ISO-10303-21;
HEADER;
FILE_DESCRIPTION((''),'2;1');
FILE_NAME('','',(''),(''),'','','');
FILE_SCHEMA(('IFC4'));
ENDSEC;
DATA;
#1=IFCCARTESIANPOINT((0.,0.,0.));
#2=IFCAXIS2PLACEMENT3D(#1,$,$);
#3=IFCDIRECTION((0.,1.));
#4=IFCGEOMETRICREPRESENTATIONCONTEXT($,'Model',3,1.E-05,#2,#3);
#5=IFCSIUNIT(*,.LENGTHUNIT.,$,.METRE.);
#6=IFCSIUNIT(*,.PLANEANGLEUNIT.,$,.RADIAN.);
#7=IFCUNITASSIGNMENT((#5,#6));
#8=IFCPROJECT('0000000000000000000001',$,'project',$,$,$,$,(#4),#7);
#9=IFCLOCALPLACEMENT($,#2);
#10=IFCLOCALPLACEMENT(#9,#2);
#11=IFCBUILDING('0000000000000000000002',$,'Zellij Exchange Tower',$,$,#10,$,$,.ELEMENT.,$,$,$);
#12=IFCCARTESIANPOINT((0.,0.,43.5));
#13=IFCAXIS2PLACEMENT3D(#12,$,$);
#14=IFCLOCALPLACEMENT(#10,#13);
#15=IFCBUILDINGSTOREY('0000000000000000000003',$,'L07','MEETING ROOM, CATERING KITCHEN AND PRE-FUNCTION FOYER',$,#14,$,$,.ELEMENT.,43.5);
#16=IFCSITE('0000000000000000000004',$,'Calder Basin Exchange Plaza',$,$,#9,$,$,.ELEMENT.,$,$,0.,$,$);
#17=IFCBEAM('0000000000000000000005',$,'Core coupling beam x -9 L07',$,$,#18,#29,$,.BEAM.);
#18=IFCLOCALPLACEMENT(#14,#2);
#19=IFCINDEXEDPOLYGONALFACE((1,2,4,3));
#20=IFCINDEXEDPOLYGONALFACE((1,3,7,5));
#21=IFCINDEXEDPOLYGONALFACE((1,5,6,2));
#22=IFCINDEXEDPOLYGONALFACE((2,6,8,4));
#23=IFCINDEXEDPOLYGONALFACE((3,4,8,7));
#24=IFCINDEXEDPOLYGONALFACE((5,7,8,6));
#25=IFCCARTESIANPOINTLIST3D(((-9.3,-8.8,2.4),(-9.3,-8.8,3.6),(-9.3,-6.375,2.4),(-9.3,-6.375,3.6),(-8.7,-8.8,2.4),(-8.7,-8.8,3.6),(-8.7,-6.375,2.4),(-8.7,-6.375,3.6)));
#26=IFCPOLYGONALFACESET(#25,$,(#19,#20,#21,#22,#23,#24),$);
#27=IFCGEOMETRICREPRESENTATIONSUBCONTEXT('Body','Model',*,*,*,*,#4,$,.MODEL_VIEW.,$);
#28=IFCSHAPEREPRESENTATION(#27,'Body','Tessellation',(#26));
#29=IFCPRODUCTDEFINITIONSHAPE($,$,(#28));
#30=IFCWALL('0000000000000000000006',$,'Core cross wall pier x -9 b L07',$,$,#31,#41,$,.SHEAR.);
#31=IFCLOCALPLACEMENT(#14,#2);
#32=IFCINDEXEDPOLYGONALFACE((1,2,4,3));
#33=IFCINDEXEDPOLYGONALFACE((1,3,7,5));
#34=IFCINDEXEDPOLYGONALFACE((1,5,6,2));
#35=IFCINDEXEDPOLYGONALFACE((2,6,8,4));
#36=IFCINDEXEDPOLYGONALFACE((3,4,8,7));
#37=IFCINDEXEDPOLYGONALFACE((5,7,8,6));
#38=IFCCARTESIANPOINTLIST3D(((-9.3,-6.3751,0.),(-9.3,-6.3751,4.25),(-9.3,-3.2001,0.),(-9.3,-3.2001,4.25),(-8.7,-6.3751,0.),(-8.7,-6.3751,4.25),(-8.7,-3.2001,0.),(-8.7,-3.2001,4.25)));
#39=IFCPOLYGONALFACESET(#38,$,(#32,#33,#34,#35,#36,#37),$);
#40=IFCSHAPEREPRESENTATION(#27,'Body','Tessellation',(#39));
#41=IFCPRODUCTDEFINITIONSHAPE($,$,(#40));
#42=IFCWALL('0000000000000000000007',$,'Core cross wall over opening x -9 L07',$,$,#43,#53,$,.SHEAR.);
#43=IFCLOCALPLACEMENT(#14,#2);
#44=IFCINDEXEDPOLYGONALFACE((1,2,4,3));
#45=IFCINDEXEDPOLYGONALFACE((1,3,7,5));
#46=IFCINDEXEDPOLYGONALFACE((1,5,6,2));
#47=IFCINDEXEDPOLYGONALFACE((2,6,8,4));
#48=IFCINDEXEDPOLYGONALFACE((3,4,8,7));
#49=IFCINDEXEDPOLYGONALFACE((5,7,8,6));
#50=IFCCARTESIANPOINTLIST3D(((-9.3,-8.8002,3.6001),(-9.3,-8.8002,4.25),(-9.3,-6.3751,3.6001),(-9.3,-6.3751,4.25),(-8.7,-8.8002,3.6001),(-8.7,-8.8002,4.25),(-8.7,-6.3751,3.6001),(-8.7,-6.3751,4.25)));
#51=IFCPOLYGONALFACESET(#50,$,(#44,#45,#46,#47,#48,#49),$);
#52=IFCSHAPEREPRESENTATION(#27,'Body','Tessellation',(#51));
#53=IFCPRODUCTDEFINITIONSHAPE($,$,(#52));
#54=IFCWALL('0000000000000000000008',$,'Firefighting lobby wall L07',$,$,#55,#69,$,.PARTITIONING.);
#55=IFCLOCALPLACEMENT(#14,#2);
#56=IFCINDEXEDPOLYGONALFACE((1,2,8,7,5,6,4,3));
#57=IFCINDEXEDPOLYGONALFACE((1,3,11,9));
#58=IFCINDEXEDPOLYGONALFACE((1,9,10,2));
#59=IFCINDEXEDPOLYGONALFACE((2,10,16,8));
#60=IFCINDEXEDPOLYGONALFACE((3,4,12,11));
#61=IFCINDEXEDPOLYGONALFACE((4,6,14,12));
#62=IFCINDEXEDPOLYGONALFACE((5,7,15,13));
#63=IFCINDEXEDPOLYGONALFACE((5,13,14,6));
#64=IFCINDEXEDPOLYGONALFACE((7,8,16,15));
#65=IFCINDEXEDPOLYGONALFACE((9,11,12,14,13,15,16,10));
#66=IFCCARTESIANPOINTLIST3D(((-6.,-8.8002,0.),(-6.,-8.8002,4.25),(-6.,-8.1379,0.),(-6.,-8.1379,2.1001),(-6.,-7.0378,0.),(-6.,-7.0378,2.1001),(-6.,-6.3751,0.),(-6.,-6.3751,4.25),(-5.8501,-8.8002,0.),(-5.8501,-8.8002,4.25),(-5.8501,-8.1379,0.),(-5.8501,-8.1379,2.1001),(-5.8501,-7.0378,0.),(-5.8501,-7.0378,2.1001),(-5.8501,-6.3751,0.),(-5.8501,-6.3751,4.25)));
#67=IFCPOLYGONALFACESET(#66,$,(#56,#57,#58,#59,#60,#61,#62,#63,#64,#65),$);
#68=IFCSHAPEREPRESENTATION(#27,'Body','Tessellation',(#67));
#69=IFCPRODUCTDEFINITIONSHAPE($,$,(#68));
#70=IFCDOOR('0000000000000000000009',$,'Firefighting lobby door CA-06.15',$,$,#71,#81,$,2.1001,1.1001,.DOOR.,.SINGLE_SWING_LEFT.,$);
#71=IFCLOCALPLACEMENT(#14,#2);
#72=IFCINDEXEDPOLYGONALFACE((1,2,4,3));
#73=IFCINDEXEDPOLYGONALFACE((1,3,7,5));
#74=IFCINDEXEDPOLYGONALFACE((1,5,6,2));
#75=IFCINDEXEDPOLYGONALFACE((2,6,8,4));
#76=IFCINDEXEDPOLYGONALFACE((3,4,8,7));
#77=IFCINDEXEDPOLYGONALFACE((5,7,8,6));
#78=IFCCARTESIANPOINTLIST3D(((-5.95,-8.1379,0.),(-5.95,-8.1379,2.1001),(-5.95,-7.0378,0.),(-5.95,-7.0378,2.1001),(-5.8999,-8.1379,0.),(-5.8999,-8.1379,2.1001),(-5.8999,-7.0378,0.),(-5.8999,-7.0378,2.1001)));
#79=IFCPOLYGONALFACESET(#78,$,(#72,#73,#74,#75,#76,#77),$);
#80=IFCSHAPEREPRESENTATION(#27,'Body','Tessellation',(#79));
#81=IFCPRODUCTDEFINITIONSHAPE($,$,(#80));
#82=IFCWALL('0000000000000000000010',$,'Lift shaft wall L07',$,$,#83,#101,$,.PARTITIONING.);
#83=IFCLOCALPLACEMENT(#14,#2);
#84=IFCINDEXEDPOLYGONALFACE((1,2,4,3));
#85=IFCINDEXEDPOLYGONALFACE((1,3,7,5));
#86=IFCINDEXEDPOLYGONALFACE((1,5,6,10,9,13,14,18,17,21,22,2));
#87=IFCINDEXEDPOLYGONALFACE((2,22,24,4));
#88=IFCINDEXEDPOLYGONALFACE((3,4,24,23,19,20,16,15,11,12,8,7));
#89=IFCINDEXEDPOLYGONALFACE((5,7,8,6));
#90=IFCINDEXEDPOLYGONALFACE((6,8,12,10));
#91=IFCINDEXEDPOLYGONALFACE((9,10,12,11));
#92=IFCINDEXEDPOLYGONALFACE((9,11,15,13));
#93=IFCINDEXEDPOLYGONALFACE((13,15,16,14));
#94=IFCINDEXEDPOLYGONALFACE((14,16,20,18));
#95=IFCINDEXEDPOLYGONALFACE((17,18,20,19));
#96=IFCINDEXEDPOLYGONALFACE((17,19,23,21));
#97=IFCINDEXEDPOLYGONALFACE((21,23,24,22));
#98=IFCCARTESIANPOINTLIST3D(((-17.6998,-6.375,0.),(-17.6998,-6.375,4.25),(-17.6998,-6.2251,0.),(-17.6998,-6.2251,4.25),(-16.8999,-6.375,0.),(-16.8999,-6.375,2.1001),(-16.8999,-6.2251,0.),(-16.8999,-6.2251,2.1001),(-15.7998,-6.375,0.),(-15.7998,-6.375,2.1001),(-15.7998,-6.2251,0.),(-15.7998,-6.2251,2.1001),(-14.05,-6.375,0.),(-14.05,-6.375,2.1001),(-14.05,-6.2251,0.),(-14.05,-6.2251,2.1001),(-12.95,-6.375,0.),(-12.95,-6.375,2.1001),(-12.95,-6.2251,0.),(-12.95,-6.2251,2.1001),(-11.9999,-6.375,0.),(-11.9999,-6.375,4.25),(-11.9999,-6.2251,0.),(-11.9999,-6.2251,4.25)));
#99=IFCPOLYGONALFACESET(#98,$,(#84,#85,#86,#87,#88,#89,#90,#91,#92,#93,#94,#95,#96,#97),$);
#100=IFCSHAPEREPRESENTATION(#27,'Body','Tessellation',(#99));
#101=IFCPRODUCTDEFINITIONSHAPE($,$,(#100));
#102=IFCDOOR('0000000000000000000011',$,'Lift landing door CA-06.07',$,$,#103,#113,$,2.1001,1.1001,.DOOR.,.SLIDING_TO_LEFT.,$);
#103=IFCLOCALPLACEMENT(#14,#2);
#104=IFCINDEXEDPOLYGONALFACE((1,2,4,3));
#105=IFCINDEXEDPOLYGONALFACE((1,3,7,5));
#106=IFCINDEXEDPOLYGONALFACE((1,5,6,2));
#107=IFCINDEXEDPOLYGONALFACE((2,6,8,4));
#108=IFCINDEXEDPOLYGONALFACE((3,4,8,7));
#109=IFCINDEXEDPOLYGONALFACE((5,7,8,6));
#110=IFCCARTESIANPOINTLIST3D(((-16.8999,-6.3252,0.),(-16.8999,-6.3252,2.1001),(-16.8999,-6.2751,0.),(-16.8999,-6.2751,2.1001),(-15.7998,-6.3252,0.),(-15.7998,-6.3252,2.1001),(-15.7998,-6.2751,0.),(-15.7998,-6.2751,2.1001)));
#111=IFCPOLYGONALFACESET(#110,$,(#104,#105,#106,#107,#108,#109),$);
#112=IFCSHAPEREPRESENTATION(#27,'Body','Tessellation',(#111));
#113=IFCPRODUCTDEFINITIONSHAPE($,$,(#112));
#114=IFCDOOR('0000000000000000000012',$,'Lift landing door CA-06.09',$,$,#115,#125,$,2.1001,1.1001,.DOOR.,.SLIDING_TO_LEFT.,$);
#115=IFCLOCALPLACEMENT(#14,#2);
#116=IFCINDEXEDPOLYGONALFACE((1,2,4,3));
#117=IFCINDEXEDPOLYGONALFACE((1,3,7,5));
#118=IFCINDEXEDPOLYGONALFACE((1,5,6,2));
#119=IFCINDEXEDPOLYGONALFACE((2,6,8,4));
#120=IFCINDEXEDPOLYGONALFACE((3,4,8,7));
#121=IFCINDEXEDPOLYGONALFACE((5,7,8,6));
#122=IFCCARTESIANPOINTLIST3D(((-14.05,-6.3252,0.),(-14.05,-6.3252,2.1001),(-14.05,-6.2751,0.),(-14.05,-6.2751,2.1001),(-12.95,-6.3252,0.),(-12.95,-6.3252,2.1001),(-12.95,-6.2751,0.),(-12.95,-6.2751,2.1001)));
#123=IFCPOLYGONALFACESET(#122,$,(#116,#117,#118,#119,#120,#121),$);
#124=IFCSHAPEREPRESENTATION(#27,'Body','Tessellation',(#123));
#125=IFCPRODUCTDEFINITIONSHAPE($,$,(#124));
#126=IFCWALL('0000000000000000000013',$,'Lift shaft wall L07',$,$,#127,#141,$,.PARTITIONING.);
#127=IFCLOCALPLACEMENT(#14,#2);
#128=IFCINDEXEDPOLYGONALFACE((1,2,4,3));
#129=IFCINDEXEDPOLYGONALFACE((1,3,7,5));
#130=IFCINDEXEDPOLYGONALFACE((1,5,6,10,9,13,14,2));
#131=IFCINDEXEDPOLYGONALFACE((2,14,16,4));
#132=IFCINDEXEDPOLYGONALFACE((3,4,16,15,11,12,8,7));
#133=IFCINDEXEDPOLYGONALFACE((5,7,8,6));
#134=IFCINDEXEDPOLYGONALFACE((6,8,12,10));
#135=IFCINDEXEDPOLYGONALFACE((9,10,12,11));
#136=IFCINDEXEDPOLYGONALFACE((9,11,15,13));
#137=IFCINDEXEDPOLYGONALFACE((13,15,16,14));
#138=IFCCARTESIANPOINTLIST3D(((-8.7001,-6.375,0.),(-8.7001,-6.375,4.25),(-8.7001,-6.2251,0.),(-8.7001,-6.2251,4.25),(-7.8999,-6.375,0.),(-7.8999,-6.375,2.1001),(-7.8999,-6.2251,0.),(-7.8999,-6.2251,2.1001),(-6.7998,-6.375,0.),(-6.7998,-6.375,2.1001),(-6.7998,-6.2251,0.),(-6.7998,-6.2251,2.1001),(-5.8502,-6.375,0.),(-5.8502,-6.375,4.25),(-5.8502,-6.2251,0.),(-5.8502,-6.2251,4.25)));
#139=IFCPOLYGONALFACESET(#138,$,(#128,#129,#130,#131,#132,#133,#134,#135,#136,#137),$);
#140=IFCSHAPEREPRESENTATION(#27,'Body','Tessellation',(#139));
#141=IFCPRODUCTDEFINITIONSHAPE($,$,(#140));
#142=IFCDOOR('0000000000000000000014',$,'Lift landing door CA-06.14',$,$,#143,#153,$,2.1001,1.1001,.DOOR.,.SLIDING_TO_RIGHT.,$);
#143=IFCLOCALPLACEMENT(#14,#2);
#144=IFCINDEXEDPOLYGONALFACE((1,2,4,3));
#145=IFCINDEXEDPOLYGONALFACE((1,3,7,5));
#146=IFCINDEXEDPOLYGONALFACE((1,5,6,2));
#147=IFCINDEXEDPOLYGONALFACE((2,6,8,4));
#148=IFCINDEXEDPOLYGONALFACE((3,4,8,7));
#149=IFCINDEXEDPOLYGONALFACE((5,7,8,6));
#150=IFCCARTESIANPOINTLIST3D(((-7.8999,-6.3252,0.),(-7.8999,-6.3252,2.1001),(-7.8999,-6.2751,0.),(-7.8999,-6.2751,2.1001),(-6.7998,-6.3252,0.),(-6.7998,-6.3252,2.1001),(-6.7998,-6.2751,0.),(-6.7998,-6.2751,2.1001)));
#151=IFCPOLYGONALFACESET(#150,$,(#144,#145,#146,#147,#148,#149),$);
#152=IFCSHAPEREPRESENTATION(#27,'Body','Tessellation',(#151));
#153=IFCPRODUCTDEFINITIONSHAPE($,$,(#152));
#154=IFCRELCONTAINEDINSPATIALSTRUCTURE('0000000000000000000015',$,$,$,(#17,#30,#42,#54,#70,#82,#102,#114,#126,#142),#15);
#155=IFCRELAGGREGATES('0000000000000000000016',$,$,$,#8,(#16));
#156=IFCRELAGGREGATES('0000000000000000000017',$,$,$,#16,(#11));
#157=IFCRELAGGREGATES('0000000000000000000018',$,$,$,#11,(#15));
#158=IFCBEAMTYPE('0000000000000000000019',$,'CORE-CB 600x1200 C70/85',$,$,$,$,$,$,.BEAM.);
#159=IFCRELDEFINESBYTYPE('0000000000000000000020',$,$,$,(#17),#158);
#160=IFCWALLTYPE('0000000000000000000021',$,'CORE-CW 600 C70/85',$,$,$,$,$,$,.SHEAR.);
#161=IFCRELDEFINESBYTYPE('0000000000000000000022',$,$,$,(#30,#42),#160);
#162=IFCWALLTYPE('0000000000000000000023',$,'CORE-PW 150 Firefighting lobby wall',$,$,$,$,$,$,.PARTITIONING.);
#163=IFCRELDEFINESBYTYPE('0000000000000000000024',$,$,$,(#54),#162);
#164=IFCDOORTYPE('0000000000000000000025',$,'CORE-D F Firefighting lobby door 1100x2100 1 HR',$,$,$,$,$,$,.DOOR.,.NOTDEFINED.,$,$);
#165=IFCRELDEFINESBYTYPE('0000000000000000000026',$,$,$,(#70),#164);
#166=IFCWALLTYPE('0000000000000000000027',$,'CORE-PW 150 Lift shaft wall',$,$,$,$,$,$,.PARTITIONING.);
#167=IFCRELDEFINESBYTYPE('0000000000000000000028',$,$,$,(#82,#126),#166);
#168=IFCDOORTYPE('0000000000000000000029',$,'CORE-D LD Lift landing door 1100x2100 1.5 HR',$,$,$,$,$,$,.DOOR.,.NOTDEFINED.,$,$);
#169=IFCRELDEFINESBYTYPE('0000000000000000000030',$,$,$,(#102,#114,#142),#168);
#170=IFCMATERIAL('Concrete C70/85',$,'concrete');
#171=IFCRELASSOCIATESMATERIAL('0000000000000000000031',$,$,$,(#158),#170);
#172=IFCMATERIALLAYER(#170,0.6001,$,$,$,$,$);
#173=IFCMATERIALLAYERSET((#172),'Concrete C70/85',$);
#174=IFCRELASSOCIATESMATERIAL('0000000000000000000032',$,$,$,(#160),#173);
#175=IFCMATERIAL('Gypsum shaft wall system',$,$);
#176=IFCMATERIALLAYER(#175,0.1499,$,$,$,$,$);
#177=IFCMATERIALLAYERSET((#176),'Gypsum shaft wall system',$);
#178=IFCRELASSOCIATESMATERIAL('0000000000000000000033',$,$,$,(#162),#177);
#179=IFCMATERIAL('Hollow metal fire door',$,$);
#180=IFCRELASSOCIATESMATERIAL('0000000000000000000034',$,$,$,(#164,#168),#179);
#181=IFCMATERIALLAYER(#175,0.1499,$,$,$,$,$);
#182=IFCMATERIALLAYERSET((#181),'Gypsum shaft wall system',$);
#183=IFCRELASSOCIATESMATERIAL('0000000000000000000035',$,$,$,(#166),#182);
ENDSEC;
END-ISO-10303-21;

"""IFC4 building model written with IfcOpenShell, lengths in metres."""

from ifc_helpers import new_model, si_unit, direction, frame, frame_2d, origin, origin_2d, place, context, subcontext, project, spatial, rectangle, extrude, material, layer, layer_set, material_profile, profile_set, type_object, element, fill, save


model = new_model("IFC4")

# Units and contexts
model_context = context("Model", 3, precision=1e-05, world=origin(), true_north=direction((0.0, 1.0)))
body_context = subcontext(model_context, "Body", "Model", "MODEL_VIEW")
ifc_project = project(units=[si_unit("LENGTHUNIT", "METRE"), si_unit("PLANEANGLEUNIT", "RADIAN")], contexts=[model_context])

# Site, building, storey
site_placement = place(None, origin())
site = spatial("IfcSite", under=ifc_project, at=site_placement, Name="Calder Basin Exchange Plaza", CompositionType="ELEMENT", RefElevation=0.0)
building_placement = place(site_placement, origin())
building = spatial("IfcBuilding", under=site, at=building_placement, Name="Zellij Exchange Tower", CompositionType="ELEMENT")
storey_placement = place(building_placement, frame((0.0, 0.0, 43.5)))
storey = spatial("IfcBuildingStorey", under=building, at=storey_placement, Name="L07", Description="MEETING ROOM, CATERING KITCHEN AND PRE-FUNCTION FOYER", CompositionType="ELEMENT", Elevation=43.5)

# Beam
ifc_material_1 = material(Name="Concrete C70/85", Category="concrete")
ifc_material_profile = material_profile(ifc_material_1, rectangle(XDim=0.6001, YDim=1.2, at=origin_2d()), Name="CORE-CB 600x1200 C70/85")
ifc_profile_set = profile_set([ifc_material_profile], Name="Concrete C70/85")
beam_type = type_object("IfcBeamType", Name="CORE-CB 600x1200 C70/85", PredefinedType="BEAM", material=ifc_profile_set)
beam_placement = place(storey_placement, frame((-9.0, -8.8, 3.0), z_axis=(0.0, 1.0, 0.0), x_axis=(-1.0, 0.0, 0.0)))
element("IfcBeam", 1, at=beam_placement, inside=storey, type_object=beam_type, Name="Core coupling beam x -9 L07", PredefinedType="BEAM", context=body_context, shape_type="SweptSolid", body=[
    extrude(rectangle(XDim=0.6001, YDim=1.2, at=origin_2d()), origin(), (0.0, 0.0, 1.0), 2.425),
])

# Walls
ifc_layer_1 = layer(ifc_material_1, 0.6001)
ifc_layer_set_1 = layer_set([ifc_layer_1], Name="Concrete C70/85")
wall_type_1 = type_object("IfcWallType", Name="CORE-CW 600 C70/85", PredefinedType="SHEAR", material=ifc_layer_set_1)
wall_1_placement = place(storey_placement, frame((-9.0, -6.375, 0.0), z_axis=(0.0, 0.0, 1.0), x_axis=(0.0, 1.0, 0.0)))
element("IfcWall", 2, at=wall_1_placement, inside=storey, type_object=wall_type_1, Name="Core cross wall pier x -9 b L07", PredefinedType="SHEAR", context=body_context, shape_type="SweptSolid", body=[
    extrude(rectangle(XDim=3.175, YDim=0.6001, at=frame_2d((1.5874, 0.0))), origin(), (0.0, 0.0, 1.0), 4.25),
])
wall_2_placement = place(storey_placement, frame((-9.0, -8.8, 3.6001), z_axis=(0.0, 0.0, 1.0), x_axis=(0.0, 1.0, 0.0)))
element("IfcWall", 3, at=wall_2_placement, inside=storey, type_object=wall_type_1, Name="Core cross wall over opening x -9 L07", PredefinedType="SHEAR", context=body_context, shape_type="SweptSolid", body=[
    extrude(rectangle(XDim=2.425, YDim=0.6001, at=frame_2d((1.2124, 0.0))), origin(), (0.0, 0.0, 1.0), 0.6499),
])

# Wall, opening, door
ifc_material_2 = material(Name="Gypsum shaft wall system")
ifc_layer_2 = layer(ifc_material_2, 0.1499)
ifc_layer_set_2 = layer_set([ifc_layer_2], Name="Gypsum shaft wall system")
wall_type_2 = type_object("IfcWallType", Name="CORE-PW 150 Firefighting lobby wall", PredefinedType="PARTITIONING", material=ifc_layer_set_2)
wall_3_placement = place(storey_placement, frame((-5.925, -8.8, 0.0), z_axis=(0.0, 0.0, 1.0), x_axis=(0.0, 1.0, 0.0)))
wall_3 = element("IfcWall", 4, at=wall_3_placement, inside=storey, type_object=wall_type_2, Name="Firefighting lobby wall L07", PredefinedType="PARTITIONING", context=body_context, shape_type="SweptSolid", body=[
    extrude(rectangle(XDim=2.425, YDim=0.1499, at=frame_2d((1.2124, 0.0))), origin(), (0.0, 0.0, 1.0), 4.25),
])
opening_1_placement = place(wall_3_placement, frame((0.6621, 0.0, 0.0)))
opening_1 = element("IfcOpeningElement", 5, at=opening_1_placement, cuts=wall_3, PredefinedType="OPENING", context=body_context, shape_type="SweptSolid", body=[
    extrude(rectangle(XDim=1.1001, YDim=2.1001, at=frame_2d((0.55, 1.05))), frame((0.0, 0.0869, 0.0), z_axis=(0.0, -1.0, 0.0), x_axis=(1.0, 0.0, 0.0)), (0.0, 0.0, 1.0), 0.1738),
])
ifc_material_3 = material(Name="Hollow metal fire door")
door_type_1 = type_object("IfcDoorType", Name="CORE-D F Firefighting lobby door 1100x2100 1 HR", OperationType="NOTDEFINED", PredefinedType="DOOR", material=ifc_material_3)
door_1_placement = place(opening_1_placement, origin())
door_1 = element("IfcDoor", 6, at=door_1_placement, inside=storey, type_object=door_type_1, Name="Firefighting lobby door CA-06.15", OperationType="SINGLE_SWING_LEFT", OverallHeight=2.1001, OverallWidth=1.1001, PredefinedType="DOOR", context=body_context, shape_type="SweptSolid", body=[
    extrude(rectangle(XDim=1.1001, YDim=2.1001, at=frame_2d((0.55, 1.05))), frame((0.0, 0.0249, 0.0), z_axis=(0.0, -1.0, 0.0), x_axis=(1.0, 0.0, 0.0)), (0.0, 0.0, 1.0), 0.05),
])
fill(opening_1, door_1)

# Wall, openings, doors
ifc_layer_3 = layer(ifc_material_2, 0.1499)
ifc_layer_set_3 = layer_set([ifc_layer_3], Name="Gypsum shaft wall system")
wall_type_3 = type_object("IfcWallType", Name="CORE-PW 150 Lift shaft wall", PredefinedType="PARTITIONING", material=ifc_layer_set_3)
wall_4_placement = place(storey_placement, frame((-17.7, -6.3, 0.0), z_axis=(0.0, 0.0, 1.0), x_axis=(1.0, 0.0, 0.0)))
wall_4 = element("IfcWall", 7, at=wall_4_placement, inside=storey, type_object=wall_type_3, Name="Lift shaft wall L07", PredefinedType="PARTITIONING", context=body_context, shape_type="SweptSolid", body=[
    extrude(rectangle(XDim=5.7, YDim=0.1499, at=frame_2d((2.8501, 0.0))), origin(), (0.0, 0.0, 1.0), 4.25),
])
opening_2_placement = place(wall_4_placement, frame((0.8, 0.0, 0.0)))
opening_2 = element("IfcOpeningElement", 8, at=opening_2_placement, cuts=wall_4, PredefinedType="OPENING", context=body_context, shape_type="SweptSolid", body=[
    extrude(rectangle(XDim=1.1001, YDim=2.1001, at=frame_2d((0.55, 1.05))), frame((0.0, 0.0869, 0.0), z_axis=(0.0, -1.0, 0.0), x_axis=(1.0, 0.0, 0.0)), (0.0, 0.0, 1.0), 0.1738),
])
opening_3_placement = place(wall_4_placement, frame((3.6499, 0.0, 0.0)))
opening_3 = element("IfcOpeningElement", 9, at=opening_3_placement, cuts=wall_4, PredefinedType="OPENING", context=body_context, shape_type="SweptSolid", body=[
    extrude(rectangle(XDim=1.1001, YDim=2.1001, at=frame_2d((0.55, 1.05))), frame((0.0, 0.0869, 0.0), z_axis=(0.0, -1.0, 0.0), x_axis=(1.0, 0.0, 0.0)), (0.0, 0.0, 1.0), 0.1738),
])
door_type_2 = type_object("IfcDoorType", Name="CORE-D LD Lift landing door 1100x2100 1.5 HR", OperationType="NOTDEFINED", PredefinedType="DOOR", material=ifc_material_3)
door_2_placement = place(opening_2_placement, origin())
door_2 = element("IfcDoor", 10, at=door_2_placement, inside=storey, type_object=door_type_2, Name="Lift landing door CA-06.07", OperationType="SLIDING_TO_LEFT", OverallHeight=2.1001, OverallWidth=1.1001, PredefinedType="DOOR", context=body_context, shape_type="SweptSolid", body=[
    extrude(rectangle(XDim=1.1001, YDim=2.1001, at=frame_2d((0.55, 1.05))), frame((0.0, 0.0249, 0.0), z_axis=(0.0, -1.0, 0.0), x_axis=(1.0, 0.0, 0.0)), (0.0, 0.0, 1.0), 0.05),
])
fill(opening_2, door_2)
door_3_placement = place(opening_3_placement, origin())
door_3 = element("IfcDoor", 11, at=door_3_placement, inside=storey, type_object=door_type_2, Name="Lift landing door CA-06.09", OperationType="SLIDING_TO_LEFT", OverallHeight=2.1001, OverallWidth=1.1001, PredefinedType="DOOR", context=body_context, shape_type="SweptSolid", body=[
    extrude(rectangle(XDim=1.1001, YDim=2.1001, at=frame_2d((0.55, 1.05))), frame((0.0, 0.0249, 0.0), z_axis=(0.0, -1.0, 0.0), x_axis=(1.0, 0.0, 0.0)), (0.0, 0.0, 1.0), 0.05),
])
fill(opening_3, door_3)

# Wall, opening, door
wall_5_placement = place(storey_placement, frame((-8.7, -6.3, 0.0), z_axis=(0.0, 0.0, 1.0), x_axis=(1.0, 0.0, 0.0)))
wall_5 = element("IfcWall", 12, at=wall_5_placement, inside=storey, type_object=wall_type_3, Name="Lift shaft wall L07", PredefinedType="PARTITIONING", context=body_context, shape_type="SweptSolid", body=[
    extrude(rectangle(XDim=2.8499, YDim=0.1499, at=frame_2d((1.4248, 0.0))), origin(), (0.0, 0.0, 1.0), 4.25),
])
opening_4_placement = place(wall_5_placement, frame((0.8, 0.0, 0.0)))
opening_4 = element("IfcOpeningElement", 13, at=opening_4_placement, cuts=wall_5, PredefinedType="OPENING", context=body_context, shape_type="SweptSolid", body=[
    extrude(rectangle(XDim=1.1001, YDim=2.1001, at=frame_2d((0.55, 1.05))), frame((0.0, 0.0869, 0.0), z_axis=(0.0, -1.0, 0.0), x_axis=(1.0, 0.0, 0.0)), (0.0, 0.0, 1.0), 0.1738),
])
door_4_placement = place(opening_4_placement, origin())
door_4 = element("IfcDoor", 14, at=door_4_placement, inside=storey, type_object=door_type_2, Name="Lift landing door CA-06.14", OperationType="SLIDING_TO_RIGHT", OverallHeight=2.1001, OverallWidth=1.1001, PredefinedType="DOOR", context=body_context, shape_type="SweptSolid", body=[
    extrude(rectangle(XDim=1.1001, YDim=2.1001, at=frame_2d((0.55, 1.05))), frame((0.0, 0.0249, 0.0), z_axis=(0.0, -1.0, 0.0), x_axis=(1.0, 0.0, 0.0)), (0.0, 0.0, 1.0), 0.05),
])
fill(opening_4, door_4)

save(model, "model.ifc")
